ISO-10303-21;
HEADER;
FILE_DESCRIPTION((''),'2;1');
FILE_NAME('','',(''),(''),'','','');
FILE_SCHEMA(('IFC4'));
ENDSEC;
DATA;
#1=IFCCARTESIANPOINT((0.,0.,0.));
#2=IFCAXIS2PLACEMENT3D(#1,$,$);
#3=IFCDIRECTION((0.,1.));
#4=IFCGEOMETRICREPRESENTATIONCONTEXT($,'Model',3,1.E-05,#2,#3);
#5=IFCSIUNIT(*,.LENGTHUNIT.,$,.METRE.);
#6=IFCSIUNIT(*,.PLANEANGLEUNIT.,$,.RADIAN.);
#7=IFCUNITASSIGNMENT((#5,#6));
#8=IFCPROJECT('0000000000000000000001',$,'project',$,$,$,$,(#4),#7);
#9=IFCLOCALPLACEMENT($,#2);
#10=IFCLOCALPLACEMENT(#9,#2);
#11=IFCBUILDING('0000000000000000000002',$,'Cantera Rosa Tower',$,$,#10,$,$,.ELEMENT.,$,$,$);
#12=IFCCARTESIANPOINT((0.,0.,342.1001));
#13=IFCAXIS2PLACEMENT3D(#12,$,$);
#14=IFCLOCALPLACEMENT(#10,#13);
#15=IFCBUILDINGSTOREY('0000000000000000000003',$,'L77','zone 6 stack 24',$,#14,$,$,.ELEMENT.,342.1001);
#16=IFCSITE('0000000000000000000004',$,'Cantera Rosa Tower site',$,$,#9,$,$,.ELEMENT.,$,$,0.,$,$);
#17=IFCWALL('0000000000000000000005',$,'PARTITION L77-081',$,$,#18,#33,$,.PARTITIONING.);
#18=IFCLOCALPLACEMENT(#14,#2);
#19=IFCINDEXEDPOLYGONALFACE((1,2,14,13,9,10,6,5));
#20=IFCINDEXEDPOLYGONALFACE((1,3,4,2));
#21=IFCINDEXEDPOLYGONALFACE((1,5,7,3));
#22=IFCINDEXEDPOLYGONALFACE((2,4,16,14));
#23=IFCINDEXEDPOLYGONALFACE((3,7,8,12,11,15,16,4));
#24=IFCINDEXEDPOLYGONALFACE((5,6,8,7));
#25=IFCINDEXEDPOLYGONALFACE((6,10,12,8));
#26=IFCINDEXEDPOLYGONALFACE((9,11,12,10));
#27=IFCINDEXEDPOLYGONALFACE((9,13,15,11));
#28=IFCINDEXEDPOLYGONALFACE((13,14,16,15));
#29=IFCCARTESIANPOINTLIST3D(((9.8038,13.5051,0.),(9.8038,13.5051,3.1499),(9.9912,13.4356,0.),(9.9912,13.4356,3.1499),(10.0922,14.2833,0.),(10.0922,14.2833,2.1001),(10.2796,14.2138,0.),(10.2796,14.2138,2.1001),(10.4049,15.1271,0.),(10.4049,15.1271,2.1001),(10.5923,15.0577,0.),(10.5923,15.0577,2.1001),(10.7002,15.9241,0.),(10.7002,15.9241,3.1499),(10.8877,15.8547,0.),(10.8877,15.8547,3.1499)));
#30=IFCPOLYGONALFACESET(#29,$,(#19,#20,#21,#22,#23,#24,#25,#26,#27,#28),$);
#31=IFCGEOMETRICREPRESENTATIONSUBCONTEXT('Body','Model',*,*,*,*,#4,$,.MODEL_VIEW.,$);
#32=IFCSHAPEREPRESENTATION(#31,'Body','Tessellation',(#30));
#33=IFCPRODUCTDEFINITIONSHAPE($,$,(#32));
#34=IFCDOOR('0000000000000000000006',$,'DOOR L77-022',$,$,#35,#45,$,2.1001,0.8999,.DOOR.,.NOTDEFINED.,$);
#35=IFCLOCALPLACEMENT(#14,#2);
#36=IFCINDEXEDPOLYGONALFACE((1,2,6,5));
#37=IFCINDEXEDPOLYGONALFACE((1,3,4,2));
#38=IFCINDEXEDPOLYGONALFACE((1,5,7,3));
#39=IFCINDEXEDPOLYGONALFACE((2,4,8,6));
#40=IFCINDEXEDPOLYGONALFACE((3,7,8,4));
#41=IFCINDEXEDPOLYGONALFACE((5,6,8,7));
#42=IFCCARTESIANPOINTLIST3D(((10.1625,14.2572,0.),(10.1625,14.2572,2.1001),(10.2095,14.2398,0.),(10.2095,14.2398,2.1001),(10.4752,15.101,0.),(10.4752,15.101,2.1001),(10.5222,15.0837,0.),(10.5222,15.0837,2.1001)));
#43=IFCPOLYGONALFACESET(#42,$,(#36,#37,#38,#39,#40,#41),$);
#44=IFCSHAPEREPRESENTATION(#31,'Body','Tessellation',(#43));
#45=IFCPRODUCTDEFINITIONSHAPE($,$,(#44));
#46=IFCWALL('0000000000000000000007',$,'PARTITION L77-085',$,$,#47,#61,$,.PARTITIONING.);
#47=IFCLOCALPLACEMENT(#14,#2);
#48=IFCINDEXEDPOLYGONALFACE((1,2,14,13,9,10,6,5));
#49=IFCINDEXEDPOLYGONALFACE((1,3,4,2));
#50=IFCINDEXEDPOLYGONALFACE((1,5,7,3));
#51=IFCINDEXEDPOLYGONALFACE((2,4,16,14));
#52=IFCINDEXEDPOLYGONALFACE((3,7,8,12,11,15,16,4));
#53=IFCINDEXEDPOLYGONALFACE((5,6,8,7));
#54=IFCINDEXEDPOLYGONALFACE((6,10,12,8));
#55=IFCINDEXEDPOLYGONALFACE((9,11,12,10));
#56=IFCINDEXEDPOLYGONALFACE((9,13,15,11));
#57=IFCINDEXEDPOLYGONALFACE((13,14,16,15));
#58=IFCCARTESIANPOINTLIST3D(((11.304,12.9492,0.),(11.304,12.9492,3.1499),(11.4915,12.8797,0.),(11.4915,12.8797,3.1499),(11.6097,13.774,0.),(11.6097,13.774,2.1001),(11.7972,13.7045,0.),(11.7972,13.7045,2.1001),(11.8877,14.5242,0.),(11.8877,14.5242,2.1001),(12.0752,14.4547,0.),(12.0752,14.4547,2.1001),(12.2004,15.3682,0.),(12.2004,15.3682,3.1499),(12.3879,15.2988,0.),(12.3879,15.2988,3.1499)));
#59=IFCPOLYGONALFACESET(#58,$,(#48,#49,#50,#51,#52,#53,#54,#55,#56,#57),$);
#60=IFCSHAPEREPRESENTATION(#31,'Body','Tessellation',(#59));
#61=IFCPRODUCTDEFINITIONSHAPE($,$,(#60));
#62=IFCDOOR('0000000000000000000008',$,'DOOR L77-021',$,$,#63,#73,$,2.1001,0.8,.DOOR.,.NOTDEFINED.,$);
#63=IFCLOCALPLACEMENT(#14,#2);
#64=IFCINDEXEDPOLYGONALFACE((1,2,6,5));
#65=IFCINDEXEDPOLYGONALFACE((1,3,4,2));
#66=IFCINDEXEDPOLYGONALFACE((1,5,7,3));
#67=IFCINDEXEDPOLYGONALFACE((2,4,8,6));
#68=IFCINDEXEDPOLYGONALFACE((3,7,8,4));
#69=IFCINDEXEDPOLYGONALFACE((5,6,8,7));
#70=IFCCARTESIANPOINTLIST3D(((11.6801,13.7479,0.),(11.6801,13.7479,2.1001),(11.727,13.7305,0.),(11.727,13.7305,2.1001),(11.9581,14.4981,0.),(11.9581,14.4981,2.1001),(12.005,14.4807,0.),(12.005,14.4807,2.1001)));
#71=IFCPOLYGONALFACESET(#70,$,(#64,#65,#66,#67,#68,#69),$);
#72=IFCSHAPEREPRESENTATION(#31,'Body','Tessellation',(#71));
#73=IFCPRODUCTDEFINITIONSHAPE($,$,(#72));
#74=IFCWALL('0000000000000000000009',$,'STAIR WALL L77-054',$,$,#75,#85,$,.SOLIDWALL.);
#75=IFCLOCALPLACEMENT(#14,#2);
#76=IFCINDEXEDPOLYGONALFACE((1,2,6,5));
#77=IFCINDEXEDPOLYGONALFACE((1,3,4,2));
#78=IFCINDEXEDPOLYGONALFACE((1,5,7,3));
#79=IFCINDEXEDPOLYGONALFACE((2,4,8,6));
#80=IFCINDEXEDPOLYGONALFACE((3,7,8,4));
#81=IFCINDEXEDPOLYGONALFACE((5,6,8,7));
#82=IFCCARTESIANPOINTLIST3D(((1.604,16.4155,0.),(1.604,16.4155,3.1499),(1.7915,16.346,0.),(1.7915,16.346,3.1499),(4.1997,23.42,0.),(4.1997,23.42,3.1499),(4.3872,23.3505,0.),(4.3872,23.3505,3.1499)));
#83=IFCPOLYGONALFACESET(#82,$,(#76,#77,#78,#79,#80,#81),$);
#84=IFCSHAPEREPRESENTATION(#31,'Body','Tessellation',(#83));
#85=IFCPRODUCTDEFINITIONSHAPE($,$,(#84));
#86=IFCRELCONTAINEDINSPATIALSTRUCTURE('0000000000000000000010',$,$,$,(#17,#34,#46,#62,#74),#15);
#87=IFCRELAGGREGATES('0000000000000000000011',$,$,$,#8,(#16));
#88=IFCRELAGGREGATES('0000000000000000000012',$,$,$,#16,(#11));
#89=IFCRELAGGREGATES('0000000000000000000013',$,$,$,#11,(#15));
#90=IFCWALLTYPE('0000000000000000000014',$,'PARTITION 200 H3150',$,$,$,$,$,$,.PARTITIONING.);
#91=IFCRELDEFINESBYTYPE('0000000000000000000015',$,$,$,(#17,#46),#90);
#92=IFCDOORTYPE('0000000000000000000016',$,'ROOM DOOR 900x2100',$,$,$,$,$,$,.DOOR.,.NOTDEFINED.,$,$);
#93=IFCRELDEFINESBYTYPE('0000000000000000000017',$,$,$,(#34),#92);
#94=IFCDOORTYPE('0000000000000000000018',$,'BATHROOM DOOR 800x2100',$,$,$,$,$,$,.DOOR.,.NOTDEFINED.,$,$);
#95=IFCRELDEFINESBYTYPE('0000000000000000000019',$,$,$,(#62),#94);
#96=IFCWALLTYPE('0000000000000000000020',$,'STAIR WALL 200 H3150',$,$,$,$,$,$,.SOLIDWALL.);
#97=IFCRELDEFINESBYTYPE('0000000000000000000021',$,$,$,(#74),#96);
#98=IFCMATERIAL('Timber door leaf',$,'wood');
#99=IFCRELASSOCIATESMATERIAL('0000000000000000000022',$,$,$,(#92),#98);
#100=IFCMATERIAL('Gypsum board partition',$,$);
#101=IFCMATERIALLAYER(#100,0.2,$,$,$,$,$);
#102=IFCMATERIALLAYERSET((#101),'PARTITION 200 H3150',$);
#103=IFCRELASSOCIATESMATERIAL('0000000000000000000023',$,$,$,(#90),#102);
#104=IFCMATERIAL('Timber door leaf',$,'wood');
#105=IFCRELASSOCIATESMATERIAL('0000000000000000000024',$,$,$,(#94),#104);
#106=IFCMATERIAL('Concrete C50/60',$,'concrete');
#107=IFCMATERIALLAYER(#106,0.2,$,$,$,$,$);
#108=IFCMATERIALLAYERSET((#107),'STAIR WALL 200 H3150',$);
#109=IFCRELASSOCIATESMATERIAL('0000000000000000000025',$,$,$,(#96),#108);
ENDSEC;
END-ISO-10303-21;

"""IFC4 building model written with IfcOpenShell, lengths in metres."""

from ifc_helpers import new_model, si_unit, direction, frame, frame_2d, origin, place, context, subcontext, project, spatial, rectangle, extrude, material, layer, layer_set, type_object, element, fill, save


model = new_model("IFC4")

# Units and contexts
model_context = context("Model", 3, precision=1e-05, world=origin(), true_north=direction((0.0, 1.0)))
body_context = subcontext(model_context, "Body", "Model", "MODEL_VIEW")
ifc_project = project(units=[si_unit("LENGTHUNIT", "METRE"), si_unit("PLANEANGLEUNIT", "RADIAN")], contexts=[model_context])

# Site, building, storey
site_placement = place(None, origin())
site = spatial("IfcSite", under=ifc_project, at=site_placement, Name="Cantera Rosa Tower site", CompositionType="ELEMENT", RefElevation=0.0)
building_placement = place(site_placement, origin())
building = spatial("IfcBuilding", under=site, at=building_placement, Name="Cantera Rosa Tower", CompositionType="ELEMENT")
storey_placement = place(building_placement, frame((0.0, 0.0, 342.1001)))
storey = spatial("IfcBuildingStorey", under=building, at=storey_placement, Name="L77", Description="zone 6 stack 24", CompositionType="ELEMENT", Elevation=342.1001)

# Shared definitions
ifc_material_1 = material(Name="Timber door leaf", Category="wood")
door_type_1 = type_object("IfcDoorType", Name="ROOM DOOR 900x2100", OperationType="NOTDEFINED", PredefinedType="DOOR", material=ifc_material_1)

# Walls, openings, doors
ifc_material_2 = material(Name="Gypsum board partition")
ifc_layer_1 = layer(ifc_material_2, 0.2)
ifc_layer_set_1 = layer_set([ifc_layer_1], Name="PARTITION 200 H3150")
wall_type_1 = type_object("IfcWallType", Name="PARTITION 200 H3150", PredefinedType="PARTITIONING", material=ifc_layer_set_1)
wall_1_placement = place(storey_placement, frame((9.8975, 13.4702, 0.0), z_axis=(0.0, 0.0, 1.0), x_axis=(0.347481, 0.937687, 0.0)))
wall_1 = element("IfcWall", 1, at=wall_1_placement, inside=storey, type_object=wall_type_1, Name="PARTITION L77-081", PredefinedType="PARTITIONING", context=body_context, shape_type="SweptSolid", body=[
    extrude(rectangle(XDim=2.5798, YDim=0.2, at=frame_2d((1.29, 0.0))), origin(), (0.0, 0.0, 1.0), 3.1499),
])
opening_1_placement = place(wall_1_placement, frame((0.8301, 0.0, 0.0)))
opening_1 = element("IfcOpeningElement", 2, at=opening_1_placement, cuts=wall_1, PredefinedType="OPENING", context=body_context, shape_type="SweptSolid", body=[
    extrude(rectangle(XDim=0.8999, YDim=2.1001, at=frame_2d((0.45, 1.05))), frame((0.0, 0.1099, 0.0), z_axis=(0.0, -1.0, 0.0), x_axis=(1.0, 0.0, 0.0)), (0.0, 0.0, 1.0), 0.22),
])
door_1_placement = place(opening_1_placement, origin())
door_1 = element("IfcDoor", 3, at=door_1_placement, inside=storey, type_object=door_type_1, Name="DOOR L77-022", OperationType="NOTDEFINED", OverallHeight=2.1001, OverallWidth=0.8999, PredefinedType="DOOR", context=body_context, shape_type="SweptSolid", body=[
    extrude(rectangle(XDim=0.8999, YDim=2.1001, at=frame_2d((0.45, 1.05))), frame((0.0, 0.0249, 0.0), z_axis=(0.0, -1.0, 0.0), x_axis=(1.0, 0.0, 0.0)), (0.0, 0.0, 1.0), 0.05),
])
fill(opening_1, door_1)
wall_2_placement = place(storey_placement, frame((11.3977, 12.9143, 0.0), z_axis=(0.0, 0.0, 1.0), x_axis=(0.347481, 0.937687, 0.0)))
wall_2 = element("IfcWall", 4, at=wall_2_placement, inside=storey, type_object=wall_type_1, Name="PARTITION L77-085", PredefinedType="PARTITIONING", context=body_context, shape_type="SweptSolid", body=[
    extrude(rectangle(XDim=2.5798, YDim=0.2, at=frame_2d((1.29, 0.0))), origin(), (0.0, 0.0, 1.0), 3.1499),
])
opening_2_placement = place(wall_2_placement, frame((0.8799, 0.0, 0.0)))
opening_2 = element("IfcOpeningElement", 5, at=opening_2_placement, cuts=wall_2, PredefinedType="OPENING", context=body_context, shape_type="SweptSolid", body=[
    extrude(rectangle(XDim=0.8, YDim=2.1001, at=frame_2d((0.3999, 1.05))), frame((0.0, 0.1099, 0.0), z_axis=(0.0, -1.0, 0.0), x_axis=(1.0, 0.0, 0.0)), (0.0, 0.0, 1.0), 0.22),
])
ifc_material_3 = material(Name="Timber door leaf", Category="wood")
door_type_2 = type_object("IfcDoorType", Name="BATHROOM DOOR 800x2100", OperationType="NOTDEFINED", PredefinedType="DOOR", material=ifc_material_3)
door_2_placement = place(opening_2_placement, origin())
door_2 = element("IfcDoor", 6, at=door_2_placement, inside=storey, type_object=door_type_2, Name="DOOR L77-021", OperationType="NOTDEFINED", OverallHeight=2.1001, OverallWidth=0.8, PredefinedType="DOOR", context=body_context, shape_type="SweptSolid", body=[
    extrude(rectangle(XDim=0.8, YDim=2.1001, at=frame_2d((0.3999, 1.05))), frame((0.0, 0.0249, 0.0), z_axis=(0.0, -1.0, 0.0), x_axis=(1.0, 0.0, 0.0)), (0.0, 0.0, 1.0), 0.05),
])
fill(opening_2, door_2)

# Wall
ifc_material_4 = material(Name="Concrete C50/60", Category="concrete")
ifc_layer_2 = layer(ifc_material_4, 0.2)
ifc_layer_set_2 = layer_set([ifc_layer_2], Name="STAIR WALL 200 H3150")
wall_type_2 = type_object("IfcWallType", Name="STAIR WALL 200 H3150", PredefinedType="SOLIDWALL", material=ifc_layer_set_2)
wall_3_placement = place(storey_placement, frame((1.6978, 16.3809, 0.0), z_axis=(0.0, 0.0, 1.0), x_axis=(0.347489, 0.937684, 0.0)))
element("IfcWall", 7, at=wall_3_placement, inside=storey, type_object=wall_type_2, Name="STAIR WALL L77-054", PredefinedType="SOLIDWALL", context=body_context, shape_type="SweptSolid", body=[
    extrude(rectangle(XDim=7.47, YDim=0.2, at=frame_2d((3.7349, 0.0))), origin(), (0.0, 0.0, 1.0), 3.1499),
])

save(model, "model.ifc")
